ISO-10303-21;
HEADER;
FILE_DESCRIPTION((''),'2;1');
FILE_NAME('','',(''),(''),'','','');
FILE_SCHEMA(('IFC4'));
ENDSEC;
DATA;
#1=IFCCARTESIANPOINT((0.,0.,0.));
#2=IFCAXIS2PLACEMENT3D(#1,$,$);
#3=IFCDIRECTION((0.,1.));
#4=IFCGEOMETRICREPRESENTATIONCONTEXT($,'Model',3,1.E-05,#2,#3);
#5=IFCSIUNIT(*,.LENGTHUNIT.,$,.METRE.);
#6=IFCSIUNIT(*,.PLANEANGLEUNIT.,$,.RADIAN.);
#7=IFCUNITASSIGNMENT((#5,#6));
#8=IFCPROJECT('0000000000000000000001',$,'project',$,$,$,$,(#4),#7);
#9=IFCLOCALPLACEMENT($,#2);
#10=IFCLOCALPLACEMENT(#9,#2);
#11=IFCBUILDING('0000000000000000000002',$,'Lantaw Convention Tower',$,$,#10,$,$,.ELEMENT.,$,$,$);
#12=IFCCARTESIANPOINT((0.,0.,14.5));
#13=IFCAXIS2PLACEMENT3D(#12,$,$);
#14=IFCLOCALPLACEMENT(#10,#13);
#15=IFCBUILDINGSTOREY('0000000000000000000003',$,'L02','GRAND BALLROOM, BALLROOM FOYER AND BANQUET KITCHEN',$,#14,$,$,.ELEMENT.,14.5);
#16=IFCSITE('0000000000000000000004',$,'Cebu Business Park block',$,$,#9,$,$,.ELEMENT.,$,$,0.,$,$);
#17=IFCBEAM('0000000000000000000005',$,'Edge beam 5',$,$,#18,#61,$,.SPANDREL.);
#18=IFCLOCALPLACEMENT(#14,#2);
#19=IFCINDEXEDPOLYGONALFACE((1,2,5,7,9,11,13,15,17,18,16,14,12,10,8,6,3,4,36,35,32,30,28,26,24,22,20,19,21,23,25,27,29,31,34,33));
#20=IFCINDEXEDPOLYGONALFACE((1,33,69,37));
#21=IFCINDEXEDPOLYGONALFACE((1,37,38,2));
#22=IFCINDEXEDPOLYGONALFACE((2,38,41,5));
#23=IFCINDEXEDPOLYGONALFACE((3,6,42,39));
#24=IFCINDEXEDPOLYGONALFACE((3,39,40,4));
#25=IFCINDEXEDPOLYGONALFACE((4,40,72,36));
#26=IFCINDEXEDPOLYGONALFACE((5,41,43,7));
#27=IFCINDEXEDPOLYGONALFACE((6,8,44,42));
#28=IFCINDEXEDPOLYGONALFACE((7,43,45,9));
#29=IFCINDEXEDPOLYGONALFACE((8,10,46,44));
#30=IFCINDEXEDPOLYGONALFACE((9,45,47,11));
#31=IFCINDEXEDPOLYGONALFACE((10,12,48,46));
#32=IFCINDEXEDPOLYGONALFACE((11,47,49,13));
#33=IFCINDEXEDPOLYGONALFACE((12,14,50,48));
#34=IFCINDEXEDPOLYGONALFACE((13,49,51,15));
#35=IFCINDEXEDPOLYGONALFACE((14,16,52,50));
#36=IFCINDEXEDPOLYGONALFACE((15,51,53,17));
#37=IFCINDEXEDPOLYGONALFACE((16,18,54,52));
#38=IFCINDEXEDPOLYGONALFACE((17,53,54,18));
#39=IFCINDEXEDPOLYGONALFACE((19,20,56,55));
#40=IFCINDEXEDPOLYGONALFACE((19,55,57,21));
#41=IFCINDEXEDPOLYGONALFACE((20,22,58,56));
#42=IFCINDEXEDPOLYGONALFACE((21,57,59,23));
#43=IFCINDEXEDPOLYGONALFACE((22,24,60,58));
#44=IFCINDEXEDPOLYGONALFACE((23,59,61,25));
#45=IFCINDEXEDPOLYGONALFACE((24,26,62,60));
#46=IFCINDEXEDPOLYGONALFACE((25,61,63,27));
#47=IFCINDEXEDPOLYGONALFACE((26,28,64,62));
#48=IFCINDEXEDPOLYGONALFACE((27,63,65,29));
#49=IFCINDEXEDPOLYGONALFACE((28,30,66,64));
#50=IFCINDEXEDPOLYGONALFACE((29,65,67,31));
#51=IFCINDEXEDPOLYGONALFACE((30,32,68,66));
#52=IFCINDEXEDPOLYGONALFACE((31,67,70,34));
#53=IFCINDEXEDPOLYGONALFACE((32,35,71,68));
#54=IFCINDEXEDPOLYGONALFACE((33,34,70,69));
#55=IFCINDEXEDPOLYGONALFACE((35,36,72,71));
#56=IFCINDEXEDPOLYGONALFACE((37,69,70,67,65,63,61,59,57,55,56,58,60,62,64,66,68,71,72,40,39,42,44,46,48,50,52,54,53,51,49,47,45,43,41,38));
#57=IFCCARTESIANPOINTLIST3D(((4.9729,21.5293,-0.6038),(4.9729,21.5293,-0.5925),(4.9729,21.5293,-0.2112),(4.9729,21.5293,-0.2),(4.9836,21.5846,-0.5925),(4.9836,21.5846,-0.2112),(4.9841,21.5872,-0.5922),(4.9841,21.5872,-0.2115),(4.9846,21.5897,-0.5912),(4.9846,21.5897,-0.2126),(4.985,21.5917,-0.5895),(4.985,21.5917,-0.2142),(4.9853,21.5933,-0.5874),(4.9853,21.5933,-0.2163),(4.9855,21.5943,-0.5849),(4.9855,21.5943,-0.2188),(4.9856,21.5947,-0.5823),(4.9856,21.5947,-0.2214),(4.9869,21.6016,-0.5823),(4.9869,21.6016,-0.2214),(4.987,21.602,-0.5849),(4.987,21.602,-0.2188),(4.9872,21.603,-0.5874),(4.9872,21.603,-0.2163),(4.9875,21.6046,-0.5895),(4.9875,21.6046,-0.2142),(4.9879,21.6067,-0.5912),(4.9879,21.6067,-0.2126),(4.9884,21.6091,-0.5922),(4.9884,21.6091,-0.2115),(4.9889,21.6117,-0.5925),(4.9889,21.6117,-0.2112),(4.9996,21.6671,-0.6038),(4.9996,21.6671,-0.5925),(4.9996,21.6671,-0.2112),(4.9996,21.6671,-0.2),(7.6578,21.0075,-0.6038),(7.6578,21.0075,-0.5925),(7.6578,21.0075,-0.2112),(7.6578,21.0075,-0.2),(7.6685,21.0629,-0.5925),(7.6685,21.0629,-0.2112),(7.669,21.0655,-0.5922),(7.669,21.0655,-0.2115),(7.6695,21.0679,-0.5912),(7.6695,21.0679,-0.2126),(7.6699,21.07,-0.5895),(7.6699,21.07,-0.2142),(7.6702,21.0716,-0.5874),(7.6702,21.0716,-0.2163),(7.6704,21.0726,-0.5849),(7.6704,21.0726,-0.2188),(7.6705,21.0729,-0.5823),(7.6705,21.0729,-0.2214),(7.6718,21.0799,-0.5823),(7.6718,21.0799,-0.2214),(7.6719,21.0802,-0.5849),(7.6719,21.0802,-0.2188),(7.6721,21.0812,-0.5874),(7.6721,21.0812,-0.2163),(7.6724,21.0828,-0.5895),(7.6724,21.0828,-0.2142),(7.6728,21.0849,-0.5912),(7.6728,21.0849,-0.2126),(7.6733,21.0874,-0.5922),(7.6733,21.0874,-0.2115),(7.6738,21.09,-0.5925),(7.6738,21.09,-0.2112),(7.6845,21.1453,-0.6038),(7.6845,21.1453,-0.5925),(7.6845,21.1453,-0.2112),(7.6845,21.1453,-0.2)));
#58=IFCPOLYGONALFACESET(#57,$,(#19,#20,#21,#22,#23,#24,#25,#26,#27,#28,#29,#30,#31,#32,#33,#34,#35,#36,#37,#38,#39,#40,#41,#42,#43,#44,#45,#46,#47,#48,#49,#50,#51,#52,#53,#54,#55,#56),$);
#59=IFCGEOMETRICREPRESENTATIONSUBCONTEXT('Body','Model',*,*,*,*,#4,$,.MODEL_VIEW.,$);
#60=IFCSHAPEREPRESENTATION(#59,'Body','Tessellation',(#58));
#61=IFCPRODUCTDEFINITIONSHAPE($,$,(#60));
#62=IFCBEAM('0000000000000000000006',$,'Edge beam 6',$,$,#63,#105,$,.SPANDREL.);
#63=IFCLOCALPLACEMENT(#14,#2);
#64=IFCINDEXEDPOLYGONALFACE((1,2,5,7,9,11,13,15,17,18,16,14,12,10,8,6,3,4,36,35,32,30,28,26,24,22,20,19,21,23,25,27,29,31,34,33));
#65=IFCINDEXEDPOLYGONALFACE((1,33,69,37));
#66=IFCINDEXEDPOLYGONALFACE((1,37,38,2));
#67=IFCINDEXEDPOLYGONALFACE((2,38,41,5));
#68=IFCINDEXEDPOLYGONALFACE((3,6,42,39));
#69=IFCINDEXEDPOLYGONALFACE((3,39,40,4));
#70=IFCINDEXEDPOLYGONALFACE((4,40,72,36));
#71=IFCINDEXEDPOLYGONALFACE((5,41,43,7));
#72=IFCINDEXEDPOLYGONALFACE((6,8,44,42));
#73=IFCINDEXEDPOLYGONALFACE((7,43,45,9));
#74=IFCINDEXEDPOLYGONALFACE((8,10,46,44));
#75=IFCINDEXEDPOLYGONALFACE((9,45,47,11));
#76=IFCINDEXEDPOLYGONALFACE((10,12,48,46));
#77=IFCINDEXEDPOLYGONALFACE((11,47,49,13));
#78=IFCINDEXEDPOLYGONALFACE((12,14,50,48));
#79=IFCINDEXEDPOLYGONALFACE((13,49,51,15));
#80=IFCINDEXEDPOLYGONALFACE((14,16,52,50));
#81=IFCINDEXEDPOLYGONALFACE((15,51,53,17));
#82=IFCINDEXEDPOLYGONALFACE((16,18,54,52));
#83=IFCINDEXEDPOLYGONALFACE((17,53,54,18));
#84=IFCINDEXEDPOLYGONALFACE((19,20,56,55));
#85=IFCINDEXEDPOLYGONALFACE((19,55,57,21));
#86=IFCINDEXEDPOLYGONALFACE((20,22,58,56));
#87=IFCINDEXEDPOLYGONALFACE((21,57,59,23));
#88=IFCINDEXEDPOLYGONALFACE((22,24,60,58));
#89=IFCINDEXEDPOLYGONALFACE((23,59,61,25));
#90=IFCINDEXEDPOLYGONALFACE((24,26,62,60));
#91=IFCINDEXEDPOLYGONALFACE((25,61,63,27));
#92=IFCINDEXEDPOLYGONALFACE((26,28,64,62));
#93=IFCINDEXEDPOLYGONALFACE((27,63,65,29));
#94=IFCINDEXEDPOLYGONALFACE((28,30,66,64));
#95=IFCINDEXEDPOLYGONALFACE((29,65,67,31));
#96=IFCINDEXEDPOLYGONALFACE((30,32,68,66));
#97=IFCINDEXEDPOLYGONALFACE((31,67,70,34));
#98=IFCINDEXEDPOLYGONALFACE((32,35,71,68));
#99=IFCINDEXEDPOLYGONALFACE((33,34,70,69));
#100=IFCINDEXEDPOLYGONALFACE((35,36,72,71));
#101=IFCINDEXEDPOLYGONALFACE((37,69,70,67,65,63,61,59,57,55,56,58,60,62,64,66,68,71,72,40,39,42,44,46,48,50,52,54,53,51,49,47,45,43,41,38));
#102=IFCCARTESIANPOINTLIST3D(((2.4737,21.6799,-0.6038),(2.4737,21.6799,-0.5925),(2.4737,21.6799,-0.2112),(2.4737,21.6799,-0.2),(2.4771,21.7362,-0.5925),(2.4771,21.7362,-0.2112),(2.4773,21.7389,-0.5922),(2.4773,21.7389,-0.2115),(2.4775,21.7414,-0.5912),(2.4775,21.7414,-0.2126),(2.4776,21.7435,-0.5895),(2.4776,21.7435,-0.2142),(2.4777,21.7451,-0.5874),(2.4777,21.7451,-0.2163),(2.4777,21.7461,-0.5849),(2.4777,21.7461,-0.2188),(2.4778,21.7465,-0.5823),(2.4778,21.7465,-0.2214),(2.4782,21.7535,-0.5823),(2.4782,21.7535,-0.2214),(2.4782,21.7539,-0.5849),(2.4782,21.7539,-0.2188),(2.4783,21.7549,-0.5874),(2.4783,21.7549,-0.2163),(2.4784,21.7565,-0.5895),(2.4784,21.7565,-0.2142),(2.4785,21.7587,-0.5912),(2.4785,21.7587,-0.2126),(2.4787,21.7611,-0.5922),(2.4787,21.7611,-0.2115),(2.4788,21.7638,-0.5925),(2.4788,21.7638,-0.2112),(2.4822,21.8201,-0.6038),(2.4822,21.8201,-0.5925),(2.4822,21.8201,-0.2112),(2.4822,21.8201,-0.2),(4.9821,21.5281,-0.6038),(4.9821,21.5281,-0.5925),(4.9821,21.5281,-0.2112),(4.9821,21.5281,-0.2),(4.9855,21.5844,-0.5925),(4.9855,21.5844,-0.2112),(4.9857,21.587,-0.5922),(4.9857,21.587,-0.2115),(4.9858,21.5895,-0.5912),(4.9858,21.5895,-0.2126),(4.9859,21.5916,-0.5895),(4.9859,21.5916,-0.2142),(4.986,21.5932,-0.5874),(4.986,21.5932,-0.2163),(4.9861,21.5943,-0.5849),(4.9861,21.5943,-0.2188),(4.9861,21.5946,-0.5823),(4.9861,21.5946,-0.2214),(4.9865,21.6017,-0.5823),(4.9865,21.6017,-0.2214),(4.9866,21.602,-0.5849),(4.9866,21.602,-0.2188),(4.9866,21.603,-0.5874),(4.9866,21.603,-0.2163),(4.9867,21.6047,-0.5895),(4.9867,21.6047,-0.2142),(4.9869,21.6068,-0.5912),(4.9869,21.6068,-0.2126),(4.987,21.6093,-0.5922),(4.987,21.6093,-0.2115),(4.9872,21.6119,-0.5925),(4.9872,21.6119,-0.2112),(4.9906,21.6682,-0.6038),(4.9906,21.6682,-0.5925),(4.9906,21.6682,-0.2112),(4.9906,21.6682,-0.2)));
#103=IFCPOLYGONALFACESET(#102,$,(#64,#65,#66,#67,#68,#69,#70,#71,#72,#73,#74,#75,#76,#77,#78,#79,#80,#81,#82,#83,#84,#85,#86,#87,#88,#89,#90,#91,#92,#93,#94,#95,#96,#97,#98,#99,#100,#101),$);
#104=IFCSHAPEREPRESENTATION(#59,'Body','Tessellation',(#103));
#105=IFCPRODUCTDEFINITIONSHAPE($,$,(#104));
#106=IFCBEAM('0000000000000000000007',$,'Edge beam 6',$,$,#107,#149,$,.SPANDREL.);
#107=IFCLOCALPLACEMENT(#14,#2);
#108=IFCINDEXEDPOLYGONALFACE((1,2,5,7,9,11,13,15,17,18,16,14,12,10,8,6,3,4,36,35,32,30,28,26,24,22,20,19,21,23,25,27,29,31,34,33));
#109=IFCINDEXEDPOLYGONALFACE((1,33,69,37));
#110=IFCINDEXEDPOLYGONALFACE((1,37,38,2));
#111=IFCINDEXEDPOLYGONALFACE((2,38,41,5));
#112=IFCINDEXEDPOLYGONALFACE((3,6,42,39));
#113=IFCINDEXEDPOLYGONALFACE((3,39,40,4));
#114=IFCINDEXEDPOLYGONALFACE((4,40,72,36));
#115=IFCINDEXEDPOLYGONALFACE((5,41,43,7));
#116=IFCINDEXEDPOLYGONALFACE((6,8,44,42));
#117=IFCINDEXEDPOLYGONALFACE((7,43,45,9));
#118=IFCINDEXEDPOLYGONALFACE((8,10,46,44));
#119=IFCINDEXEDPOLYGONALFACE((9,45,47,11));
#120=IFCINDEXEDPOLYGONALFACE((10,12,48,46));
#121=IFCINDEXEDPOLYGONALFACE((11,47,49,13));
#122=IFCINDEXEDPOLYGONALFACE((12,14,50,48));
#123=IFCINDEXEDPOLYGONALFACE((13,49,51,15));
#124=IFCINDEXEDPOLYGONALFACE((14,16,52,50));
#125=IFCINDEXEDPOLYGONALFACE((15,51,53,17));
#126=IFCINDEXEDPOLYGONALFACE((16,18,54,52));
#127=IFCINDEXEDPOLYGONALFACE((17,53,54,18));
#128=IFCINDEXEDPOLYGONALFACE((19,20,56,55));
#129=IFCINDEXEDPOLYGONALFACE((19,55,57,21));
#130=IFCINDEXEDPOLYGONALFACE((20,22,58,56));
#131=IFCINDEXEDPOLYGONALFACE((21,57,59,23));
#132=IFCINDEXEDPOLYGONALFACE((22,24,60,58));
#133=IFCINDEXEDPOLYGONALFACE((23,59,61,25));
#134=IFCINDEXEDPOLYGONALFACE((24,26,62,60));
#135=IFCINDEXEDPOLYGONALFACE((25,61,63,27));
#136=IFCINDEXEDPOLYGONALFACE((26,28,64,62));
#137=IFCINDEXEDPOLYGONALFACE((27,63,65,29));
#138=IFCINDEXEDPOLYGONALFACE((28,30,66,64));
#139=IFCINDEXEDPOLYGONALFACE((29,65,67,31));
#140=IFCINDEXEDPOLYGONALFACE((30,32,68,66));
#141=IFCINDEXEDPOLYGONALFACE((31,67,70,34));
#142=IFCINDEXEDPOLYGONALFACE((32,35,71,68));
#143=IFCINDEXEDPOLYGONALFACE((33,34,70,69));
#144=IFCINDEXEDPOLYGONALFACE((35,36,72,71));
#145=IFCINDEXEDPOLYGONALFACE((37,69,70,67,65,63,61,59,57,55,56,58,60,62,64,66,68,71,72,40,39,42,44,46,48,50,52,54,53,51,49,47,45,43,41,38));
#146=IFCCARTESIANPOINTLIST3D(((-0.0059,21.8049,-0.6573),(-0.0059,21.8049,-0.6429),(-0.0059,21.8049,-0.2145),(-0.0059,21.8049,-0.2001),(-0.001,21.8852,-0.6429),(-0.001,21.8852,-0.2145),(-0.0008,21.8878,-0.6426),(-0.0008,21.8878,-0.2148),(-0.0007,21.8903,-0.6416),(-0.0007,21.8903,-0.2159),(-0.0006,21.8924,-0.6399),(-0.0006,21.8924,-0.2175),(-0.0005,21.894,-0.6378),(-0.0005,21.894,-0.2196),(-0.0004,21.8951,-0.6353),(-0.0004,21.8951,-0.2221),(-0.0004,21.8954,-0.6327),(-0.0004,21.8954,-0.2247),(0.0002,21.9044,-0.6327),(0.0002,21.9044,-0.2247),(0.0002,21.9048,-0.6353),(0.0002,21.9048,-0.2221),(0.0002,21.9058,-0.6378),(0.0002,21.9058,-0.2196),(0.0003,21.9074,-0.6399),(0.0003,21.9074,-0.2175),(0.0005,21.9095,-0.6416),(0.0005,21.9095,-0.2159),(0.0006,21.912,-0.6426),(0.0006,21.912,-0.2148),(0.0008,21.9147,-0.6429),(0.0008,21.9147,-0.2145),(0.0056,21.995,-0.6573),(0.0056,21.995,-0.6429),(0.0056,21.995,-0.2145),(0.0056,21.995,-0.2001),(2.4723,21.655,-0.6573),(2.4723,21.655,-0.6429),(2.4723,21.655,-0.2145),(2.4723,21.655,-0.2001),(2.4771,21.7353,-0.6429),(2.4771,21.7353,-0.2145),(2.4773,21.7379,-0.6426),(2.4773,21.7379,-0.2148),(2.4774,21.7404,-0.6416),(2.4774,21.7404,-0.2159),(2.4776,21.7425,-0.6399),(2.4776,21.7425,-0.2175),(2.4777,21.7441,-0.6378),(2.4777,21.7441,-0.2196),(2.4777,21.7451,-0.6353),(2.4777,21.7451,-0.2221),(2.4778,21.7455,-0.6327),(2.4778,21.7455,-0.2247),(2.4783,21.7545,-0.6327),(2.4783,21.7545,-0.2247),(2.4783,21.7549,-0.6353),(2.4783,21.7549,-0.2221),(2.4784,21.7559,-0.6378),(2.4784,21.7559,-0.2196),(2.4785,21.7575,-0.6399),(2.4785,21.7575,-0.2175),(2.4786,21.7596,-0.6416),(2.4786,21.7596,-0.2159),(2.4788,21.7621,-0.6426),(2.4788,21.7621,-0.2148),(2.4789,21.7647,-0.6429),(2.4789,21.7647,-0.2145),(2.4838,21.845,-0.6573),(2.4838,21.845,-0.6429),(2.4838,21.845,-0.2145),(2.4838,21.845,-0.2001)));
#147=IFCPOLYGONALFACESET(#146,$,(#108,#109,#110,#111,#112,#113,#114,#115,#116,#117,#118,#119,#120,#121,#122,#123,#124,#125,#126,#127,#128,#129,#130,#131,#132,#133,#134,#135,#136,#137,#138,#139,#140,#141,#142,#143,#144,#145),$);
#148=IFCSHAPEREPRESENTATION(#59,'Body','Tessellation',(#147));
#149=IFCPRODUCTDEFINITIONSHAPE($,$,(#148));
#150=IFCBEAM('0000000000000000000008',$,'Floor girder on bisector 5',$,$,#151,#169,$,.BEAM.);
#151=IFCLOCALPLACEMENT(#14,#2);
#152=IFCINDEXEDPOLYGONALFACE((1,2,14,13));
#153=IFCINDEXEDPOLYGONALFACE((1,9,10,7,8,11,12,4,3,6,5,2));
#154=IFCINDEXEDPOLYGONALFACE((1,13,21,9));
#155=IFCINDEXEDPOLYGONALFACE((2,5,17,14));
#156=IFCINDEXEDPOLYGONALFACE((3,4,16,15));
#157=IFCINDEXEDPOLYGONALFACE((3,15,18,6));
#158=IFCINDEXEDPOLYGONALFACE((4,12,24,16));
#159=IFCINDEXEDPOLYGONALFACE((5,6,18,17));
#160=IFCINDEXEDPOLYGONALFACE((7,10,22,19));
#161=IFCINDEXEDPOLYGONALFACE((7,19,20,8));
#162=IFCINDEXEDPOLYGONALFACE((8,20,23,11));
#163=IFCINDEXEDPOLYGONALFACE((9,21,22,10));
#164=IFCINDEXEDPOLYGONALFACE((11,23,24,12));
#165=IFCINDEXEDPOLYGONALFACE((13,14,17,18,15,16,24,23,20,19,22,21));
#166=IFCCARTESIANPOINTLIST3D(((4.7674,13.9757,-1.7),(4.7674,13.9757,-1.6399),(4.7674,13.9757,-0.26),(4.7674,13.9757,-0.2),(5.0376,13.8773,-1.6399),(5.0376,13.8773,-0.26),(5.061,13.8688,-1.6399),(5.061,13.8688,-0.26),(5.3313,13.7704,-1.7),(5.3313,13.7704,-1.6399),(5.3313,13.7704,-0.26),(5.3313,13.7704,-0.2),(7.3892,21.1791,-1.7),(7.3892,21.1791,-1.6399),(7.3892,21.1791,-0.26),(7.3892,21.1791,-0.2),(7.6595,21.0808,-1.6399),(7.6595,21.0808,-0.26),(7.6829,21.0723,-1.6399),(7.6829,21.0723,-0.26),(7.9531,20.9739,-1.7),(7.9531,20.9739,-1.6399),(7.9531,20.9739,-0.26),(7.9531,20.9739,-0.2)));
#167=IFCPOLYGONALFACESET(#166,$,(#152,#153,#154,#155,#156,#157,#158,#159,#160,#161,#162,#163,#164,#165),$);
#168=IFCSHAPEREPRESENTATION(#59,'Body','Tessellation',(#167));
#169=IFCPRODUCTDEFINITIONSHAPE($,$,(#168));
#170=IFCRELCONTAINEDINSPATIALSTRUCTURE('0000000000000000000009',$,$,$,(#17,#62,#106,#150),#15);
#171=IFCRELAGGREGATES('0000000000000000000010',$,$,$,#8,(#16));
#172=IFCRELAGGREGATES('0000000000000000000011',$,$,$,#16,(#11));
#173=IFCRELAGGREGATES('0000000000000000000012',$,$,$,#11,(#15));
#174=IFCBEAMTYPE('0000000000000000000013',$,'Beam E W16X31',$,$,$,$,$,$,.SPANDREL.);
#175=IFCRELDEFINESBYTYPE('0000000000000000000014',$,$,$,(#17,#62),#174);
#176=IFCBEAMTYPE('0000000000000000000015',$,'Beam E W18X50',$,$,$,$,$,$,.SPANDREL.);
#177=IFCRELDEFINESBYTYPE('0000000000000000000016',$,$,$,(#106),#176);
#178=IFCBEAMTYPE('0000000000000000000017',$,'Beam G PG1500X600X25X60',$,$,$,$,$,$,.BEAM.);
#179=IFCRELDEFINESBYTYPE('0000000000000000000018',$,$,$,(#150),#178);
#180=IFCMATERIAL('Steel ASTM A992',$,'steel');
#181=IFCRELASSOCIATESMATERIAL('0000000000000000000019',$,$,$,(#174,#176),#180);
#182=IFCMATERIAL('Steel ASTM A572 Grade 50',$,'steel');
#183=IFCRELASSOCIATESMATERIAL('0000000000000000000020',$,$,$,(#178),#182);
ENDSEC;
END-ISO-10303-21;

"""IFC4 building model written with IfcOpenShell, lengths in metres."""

from ifc_helpers import new_model, si_unit, direction, frame, origin, origin_2d, place, context, subcontext, project, spatial, i_section, extrude, material, material_profile, profile_set, type_object, element, save


model = new_model("IFC4")

# Units and contexts
model_context = context("Model", 3, precision=1e-05, world=origin(), true_north=direction((0.0, 1.0)))
body_context = subcontext(model_context, "Body", "Model", "MODEL_VIEW")
ifc_project = project(units=[si_unit("LENGTHUNIT", "METRE"), si_unit("PLANEANGLEUNIT", "RADIAN")], contexts=[model_context])

# Site, building, storey
site_placement = place(None, origin())
site = spatial("IfcSite", under=ifc_project, at=site_placement, Name="Cebu Business Park block", CompositionType="ELEMENT", RefElevation=0.0)
building_placement = place(site_placement, origin())
building = spatial("IfcBuilding", under=site, at=building_placement, Name="Lantaw Convention Tower", CompositionType="ELEMENT")
storey_placement = place(building_placement, frame((0.0, 0.0, 14.5)))
storey = spatial("IfcBuildingStorey", under=building, at=storey_placement, Name="L02", Description="GRAND BALLROOM, BALLROOM FOYER AND BANQUET KITCHEN", CompositionType="ELEMENT", Elevation=14.5)

# Shared definitions
ifc_material_1 = material(Name="Steel ASTM A572 Grade 50", Category="steel")

# Beams
ifc_material_2 = material(Name="Steel ASTM A992", Category="steel")
ifc_material_profile_1 = material_profile(ifc_material_2, i_section(OverallWidth=0.1404, OverallDepth=0.4038, WebThickness=0.0071, FlangeThickness=0.0112, FilletRadius=0.0103, at=origin_2d()), Name="W16X31")
ifc_profile_set_1 = profile_set([ifc_material_profile_1], Name="Steel ASTM A992")
beam_type_1 = type_object("IfcBeamType", Name="Beam E W16X31", PredefinedType="SPANDREL", material=ifc_profile_set_1)
beam_1_placement = place(storey_placement, frame((7.6711, 21.0764, -0.4019), z_axis=(-0.981637, 0.190757, 0.0), x_axis=(-0.190757, -0.981637, 0.0)))
element("IfcBeam", 1, at=beam_1_placement, inside=storey, type_object=beam_type_1, Name="Edge beam 5", PredefinedType="SPANDREL", context=body_context, shape_type="SweptSolid", body=[
    extrude(i_section(OverallWidth=0.1404, OverallDepth=0.4038, WebThickness=0.0071, FlangeThickness=0.0112, FilletRadius=0.0103, at=origin_2d()), origin(), (0.0, 0.0, 1.0), 2.7351),
])
beam_2_placement = place(storey_placement, frame((4.9863, 21.5981, -0.4019), z_axis=(-0.998172, 0.060431, 0.0), x_axis=(-0.060431, -0.998172, 0.0)))
element("IfcBeam", 2, at=beam_2_placement, inside=storey, type_object=beam_type_1, Name="Edge beam 6", PredefinedType="SPANDREL", context=body_context, shape_type="SweptSolid", body=[
    extrude(i_section(OverallWidth=0.1404, OverallDepth=0.4038, WebThickness=0.0071, FlangeThickness=0.0112, FilletRadius=0.0103, at=origin_2d()), origin(), (0.0, 0.0, 1.0), 2.5129),
])
ifc_material_profile_2 = material_profile(ifc_material_2, i_section(OverallWidth=0.1904, OverallDepth=0.4573, WebThickness=0.009, FlangeThickness=0.0144, FilletRadius=0.0103, at=origin_2d()), Name="W18X50")
ifc_profile_set_2 = profile_set([ifc_material_profile_2], Name="Steel ASTM A992")
beam_type_2 = type_object("IfcBeamType", Name="Beam E W18X50", PredefinedType="SPANDREL", material=ifc_profile_set_2)
beam_3_placement = place(storey_placement, frame((2.478, 21.75, -0.4287), z_axis=(-0.998175, 0.060382, 0.0), x_axis=(-0.060382, -0.998175, 0.0)))
element("IfcBeam", 3, at=beam_3_placement, inside=storey, type_object=beam_type_2, Name="Edge beam 6", PredefinedType="SPANDREL", context=body_context, shape_type="SweptSolid", body=[
    extrude(i_section(OverallWidth=0.1904, OverallDepth=0.4573, WebThickness=0.009, FlangeThickness=0.0144, FilletRadius=0.0103, at=origin_2d()), origin(), (0.0, 0.0, 1.0), 2.4827),
])
ifc_material_profile_3 = material_profile(ifc_material_1, i_section(OverallWidth=0.6001, OverallDepth=1.5, WebThickness=0.0249, FlangeThickness=0.0601, at=origin_2d()), Name="PG1500X600X25X60")
ifc_profile_set_3 = profile_set([ifc_material_profile_3], Name="Steel ASTM A572 Grade 50")
beam_type_3 = type_object("IfcBeamType", Name="Beam G PG1500X600X25X60", PredefinedType="BEAM", material=ifc_profile_set_3)
beam_4_placement = place(storey_placement, frame((5.0493, 13.873, -0.95), z_axis=(0.342022, 0.939692, 0.0), x_axis=(-0.939692, 0.342022, 0.0)))
element("IfcBeam", 4, at=beam_4_placement, inside=storey, type_object=beam_type_3, Name="Floor girder on bisector 5", PredefinedType="BEAM", context=body_context, shape_type="SweptSolid", body=[
    extrude(i_section(OverallWidth=0.6001, OverallDepth=1.5, WebThickness=0.0249, FlangeThickness=0.0601, at=origin_2d()), origin(), (0.0, 0.0, 1.0), 7.6658),
])

save(model, "model.ifc")
